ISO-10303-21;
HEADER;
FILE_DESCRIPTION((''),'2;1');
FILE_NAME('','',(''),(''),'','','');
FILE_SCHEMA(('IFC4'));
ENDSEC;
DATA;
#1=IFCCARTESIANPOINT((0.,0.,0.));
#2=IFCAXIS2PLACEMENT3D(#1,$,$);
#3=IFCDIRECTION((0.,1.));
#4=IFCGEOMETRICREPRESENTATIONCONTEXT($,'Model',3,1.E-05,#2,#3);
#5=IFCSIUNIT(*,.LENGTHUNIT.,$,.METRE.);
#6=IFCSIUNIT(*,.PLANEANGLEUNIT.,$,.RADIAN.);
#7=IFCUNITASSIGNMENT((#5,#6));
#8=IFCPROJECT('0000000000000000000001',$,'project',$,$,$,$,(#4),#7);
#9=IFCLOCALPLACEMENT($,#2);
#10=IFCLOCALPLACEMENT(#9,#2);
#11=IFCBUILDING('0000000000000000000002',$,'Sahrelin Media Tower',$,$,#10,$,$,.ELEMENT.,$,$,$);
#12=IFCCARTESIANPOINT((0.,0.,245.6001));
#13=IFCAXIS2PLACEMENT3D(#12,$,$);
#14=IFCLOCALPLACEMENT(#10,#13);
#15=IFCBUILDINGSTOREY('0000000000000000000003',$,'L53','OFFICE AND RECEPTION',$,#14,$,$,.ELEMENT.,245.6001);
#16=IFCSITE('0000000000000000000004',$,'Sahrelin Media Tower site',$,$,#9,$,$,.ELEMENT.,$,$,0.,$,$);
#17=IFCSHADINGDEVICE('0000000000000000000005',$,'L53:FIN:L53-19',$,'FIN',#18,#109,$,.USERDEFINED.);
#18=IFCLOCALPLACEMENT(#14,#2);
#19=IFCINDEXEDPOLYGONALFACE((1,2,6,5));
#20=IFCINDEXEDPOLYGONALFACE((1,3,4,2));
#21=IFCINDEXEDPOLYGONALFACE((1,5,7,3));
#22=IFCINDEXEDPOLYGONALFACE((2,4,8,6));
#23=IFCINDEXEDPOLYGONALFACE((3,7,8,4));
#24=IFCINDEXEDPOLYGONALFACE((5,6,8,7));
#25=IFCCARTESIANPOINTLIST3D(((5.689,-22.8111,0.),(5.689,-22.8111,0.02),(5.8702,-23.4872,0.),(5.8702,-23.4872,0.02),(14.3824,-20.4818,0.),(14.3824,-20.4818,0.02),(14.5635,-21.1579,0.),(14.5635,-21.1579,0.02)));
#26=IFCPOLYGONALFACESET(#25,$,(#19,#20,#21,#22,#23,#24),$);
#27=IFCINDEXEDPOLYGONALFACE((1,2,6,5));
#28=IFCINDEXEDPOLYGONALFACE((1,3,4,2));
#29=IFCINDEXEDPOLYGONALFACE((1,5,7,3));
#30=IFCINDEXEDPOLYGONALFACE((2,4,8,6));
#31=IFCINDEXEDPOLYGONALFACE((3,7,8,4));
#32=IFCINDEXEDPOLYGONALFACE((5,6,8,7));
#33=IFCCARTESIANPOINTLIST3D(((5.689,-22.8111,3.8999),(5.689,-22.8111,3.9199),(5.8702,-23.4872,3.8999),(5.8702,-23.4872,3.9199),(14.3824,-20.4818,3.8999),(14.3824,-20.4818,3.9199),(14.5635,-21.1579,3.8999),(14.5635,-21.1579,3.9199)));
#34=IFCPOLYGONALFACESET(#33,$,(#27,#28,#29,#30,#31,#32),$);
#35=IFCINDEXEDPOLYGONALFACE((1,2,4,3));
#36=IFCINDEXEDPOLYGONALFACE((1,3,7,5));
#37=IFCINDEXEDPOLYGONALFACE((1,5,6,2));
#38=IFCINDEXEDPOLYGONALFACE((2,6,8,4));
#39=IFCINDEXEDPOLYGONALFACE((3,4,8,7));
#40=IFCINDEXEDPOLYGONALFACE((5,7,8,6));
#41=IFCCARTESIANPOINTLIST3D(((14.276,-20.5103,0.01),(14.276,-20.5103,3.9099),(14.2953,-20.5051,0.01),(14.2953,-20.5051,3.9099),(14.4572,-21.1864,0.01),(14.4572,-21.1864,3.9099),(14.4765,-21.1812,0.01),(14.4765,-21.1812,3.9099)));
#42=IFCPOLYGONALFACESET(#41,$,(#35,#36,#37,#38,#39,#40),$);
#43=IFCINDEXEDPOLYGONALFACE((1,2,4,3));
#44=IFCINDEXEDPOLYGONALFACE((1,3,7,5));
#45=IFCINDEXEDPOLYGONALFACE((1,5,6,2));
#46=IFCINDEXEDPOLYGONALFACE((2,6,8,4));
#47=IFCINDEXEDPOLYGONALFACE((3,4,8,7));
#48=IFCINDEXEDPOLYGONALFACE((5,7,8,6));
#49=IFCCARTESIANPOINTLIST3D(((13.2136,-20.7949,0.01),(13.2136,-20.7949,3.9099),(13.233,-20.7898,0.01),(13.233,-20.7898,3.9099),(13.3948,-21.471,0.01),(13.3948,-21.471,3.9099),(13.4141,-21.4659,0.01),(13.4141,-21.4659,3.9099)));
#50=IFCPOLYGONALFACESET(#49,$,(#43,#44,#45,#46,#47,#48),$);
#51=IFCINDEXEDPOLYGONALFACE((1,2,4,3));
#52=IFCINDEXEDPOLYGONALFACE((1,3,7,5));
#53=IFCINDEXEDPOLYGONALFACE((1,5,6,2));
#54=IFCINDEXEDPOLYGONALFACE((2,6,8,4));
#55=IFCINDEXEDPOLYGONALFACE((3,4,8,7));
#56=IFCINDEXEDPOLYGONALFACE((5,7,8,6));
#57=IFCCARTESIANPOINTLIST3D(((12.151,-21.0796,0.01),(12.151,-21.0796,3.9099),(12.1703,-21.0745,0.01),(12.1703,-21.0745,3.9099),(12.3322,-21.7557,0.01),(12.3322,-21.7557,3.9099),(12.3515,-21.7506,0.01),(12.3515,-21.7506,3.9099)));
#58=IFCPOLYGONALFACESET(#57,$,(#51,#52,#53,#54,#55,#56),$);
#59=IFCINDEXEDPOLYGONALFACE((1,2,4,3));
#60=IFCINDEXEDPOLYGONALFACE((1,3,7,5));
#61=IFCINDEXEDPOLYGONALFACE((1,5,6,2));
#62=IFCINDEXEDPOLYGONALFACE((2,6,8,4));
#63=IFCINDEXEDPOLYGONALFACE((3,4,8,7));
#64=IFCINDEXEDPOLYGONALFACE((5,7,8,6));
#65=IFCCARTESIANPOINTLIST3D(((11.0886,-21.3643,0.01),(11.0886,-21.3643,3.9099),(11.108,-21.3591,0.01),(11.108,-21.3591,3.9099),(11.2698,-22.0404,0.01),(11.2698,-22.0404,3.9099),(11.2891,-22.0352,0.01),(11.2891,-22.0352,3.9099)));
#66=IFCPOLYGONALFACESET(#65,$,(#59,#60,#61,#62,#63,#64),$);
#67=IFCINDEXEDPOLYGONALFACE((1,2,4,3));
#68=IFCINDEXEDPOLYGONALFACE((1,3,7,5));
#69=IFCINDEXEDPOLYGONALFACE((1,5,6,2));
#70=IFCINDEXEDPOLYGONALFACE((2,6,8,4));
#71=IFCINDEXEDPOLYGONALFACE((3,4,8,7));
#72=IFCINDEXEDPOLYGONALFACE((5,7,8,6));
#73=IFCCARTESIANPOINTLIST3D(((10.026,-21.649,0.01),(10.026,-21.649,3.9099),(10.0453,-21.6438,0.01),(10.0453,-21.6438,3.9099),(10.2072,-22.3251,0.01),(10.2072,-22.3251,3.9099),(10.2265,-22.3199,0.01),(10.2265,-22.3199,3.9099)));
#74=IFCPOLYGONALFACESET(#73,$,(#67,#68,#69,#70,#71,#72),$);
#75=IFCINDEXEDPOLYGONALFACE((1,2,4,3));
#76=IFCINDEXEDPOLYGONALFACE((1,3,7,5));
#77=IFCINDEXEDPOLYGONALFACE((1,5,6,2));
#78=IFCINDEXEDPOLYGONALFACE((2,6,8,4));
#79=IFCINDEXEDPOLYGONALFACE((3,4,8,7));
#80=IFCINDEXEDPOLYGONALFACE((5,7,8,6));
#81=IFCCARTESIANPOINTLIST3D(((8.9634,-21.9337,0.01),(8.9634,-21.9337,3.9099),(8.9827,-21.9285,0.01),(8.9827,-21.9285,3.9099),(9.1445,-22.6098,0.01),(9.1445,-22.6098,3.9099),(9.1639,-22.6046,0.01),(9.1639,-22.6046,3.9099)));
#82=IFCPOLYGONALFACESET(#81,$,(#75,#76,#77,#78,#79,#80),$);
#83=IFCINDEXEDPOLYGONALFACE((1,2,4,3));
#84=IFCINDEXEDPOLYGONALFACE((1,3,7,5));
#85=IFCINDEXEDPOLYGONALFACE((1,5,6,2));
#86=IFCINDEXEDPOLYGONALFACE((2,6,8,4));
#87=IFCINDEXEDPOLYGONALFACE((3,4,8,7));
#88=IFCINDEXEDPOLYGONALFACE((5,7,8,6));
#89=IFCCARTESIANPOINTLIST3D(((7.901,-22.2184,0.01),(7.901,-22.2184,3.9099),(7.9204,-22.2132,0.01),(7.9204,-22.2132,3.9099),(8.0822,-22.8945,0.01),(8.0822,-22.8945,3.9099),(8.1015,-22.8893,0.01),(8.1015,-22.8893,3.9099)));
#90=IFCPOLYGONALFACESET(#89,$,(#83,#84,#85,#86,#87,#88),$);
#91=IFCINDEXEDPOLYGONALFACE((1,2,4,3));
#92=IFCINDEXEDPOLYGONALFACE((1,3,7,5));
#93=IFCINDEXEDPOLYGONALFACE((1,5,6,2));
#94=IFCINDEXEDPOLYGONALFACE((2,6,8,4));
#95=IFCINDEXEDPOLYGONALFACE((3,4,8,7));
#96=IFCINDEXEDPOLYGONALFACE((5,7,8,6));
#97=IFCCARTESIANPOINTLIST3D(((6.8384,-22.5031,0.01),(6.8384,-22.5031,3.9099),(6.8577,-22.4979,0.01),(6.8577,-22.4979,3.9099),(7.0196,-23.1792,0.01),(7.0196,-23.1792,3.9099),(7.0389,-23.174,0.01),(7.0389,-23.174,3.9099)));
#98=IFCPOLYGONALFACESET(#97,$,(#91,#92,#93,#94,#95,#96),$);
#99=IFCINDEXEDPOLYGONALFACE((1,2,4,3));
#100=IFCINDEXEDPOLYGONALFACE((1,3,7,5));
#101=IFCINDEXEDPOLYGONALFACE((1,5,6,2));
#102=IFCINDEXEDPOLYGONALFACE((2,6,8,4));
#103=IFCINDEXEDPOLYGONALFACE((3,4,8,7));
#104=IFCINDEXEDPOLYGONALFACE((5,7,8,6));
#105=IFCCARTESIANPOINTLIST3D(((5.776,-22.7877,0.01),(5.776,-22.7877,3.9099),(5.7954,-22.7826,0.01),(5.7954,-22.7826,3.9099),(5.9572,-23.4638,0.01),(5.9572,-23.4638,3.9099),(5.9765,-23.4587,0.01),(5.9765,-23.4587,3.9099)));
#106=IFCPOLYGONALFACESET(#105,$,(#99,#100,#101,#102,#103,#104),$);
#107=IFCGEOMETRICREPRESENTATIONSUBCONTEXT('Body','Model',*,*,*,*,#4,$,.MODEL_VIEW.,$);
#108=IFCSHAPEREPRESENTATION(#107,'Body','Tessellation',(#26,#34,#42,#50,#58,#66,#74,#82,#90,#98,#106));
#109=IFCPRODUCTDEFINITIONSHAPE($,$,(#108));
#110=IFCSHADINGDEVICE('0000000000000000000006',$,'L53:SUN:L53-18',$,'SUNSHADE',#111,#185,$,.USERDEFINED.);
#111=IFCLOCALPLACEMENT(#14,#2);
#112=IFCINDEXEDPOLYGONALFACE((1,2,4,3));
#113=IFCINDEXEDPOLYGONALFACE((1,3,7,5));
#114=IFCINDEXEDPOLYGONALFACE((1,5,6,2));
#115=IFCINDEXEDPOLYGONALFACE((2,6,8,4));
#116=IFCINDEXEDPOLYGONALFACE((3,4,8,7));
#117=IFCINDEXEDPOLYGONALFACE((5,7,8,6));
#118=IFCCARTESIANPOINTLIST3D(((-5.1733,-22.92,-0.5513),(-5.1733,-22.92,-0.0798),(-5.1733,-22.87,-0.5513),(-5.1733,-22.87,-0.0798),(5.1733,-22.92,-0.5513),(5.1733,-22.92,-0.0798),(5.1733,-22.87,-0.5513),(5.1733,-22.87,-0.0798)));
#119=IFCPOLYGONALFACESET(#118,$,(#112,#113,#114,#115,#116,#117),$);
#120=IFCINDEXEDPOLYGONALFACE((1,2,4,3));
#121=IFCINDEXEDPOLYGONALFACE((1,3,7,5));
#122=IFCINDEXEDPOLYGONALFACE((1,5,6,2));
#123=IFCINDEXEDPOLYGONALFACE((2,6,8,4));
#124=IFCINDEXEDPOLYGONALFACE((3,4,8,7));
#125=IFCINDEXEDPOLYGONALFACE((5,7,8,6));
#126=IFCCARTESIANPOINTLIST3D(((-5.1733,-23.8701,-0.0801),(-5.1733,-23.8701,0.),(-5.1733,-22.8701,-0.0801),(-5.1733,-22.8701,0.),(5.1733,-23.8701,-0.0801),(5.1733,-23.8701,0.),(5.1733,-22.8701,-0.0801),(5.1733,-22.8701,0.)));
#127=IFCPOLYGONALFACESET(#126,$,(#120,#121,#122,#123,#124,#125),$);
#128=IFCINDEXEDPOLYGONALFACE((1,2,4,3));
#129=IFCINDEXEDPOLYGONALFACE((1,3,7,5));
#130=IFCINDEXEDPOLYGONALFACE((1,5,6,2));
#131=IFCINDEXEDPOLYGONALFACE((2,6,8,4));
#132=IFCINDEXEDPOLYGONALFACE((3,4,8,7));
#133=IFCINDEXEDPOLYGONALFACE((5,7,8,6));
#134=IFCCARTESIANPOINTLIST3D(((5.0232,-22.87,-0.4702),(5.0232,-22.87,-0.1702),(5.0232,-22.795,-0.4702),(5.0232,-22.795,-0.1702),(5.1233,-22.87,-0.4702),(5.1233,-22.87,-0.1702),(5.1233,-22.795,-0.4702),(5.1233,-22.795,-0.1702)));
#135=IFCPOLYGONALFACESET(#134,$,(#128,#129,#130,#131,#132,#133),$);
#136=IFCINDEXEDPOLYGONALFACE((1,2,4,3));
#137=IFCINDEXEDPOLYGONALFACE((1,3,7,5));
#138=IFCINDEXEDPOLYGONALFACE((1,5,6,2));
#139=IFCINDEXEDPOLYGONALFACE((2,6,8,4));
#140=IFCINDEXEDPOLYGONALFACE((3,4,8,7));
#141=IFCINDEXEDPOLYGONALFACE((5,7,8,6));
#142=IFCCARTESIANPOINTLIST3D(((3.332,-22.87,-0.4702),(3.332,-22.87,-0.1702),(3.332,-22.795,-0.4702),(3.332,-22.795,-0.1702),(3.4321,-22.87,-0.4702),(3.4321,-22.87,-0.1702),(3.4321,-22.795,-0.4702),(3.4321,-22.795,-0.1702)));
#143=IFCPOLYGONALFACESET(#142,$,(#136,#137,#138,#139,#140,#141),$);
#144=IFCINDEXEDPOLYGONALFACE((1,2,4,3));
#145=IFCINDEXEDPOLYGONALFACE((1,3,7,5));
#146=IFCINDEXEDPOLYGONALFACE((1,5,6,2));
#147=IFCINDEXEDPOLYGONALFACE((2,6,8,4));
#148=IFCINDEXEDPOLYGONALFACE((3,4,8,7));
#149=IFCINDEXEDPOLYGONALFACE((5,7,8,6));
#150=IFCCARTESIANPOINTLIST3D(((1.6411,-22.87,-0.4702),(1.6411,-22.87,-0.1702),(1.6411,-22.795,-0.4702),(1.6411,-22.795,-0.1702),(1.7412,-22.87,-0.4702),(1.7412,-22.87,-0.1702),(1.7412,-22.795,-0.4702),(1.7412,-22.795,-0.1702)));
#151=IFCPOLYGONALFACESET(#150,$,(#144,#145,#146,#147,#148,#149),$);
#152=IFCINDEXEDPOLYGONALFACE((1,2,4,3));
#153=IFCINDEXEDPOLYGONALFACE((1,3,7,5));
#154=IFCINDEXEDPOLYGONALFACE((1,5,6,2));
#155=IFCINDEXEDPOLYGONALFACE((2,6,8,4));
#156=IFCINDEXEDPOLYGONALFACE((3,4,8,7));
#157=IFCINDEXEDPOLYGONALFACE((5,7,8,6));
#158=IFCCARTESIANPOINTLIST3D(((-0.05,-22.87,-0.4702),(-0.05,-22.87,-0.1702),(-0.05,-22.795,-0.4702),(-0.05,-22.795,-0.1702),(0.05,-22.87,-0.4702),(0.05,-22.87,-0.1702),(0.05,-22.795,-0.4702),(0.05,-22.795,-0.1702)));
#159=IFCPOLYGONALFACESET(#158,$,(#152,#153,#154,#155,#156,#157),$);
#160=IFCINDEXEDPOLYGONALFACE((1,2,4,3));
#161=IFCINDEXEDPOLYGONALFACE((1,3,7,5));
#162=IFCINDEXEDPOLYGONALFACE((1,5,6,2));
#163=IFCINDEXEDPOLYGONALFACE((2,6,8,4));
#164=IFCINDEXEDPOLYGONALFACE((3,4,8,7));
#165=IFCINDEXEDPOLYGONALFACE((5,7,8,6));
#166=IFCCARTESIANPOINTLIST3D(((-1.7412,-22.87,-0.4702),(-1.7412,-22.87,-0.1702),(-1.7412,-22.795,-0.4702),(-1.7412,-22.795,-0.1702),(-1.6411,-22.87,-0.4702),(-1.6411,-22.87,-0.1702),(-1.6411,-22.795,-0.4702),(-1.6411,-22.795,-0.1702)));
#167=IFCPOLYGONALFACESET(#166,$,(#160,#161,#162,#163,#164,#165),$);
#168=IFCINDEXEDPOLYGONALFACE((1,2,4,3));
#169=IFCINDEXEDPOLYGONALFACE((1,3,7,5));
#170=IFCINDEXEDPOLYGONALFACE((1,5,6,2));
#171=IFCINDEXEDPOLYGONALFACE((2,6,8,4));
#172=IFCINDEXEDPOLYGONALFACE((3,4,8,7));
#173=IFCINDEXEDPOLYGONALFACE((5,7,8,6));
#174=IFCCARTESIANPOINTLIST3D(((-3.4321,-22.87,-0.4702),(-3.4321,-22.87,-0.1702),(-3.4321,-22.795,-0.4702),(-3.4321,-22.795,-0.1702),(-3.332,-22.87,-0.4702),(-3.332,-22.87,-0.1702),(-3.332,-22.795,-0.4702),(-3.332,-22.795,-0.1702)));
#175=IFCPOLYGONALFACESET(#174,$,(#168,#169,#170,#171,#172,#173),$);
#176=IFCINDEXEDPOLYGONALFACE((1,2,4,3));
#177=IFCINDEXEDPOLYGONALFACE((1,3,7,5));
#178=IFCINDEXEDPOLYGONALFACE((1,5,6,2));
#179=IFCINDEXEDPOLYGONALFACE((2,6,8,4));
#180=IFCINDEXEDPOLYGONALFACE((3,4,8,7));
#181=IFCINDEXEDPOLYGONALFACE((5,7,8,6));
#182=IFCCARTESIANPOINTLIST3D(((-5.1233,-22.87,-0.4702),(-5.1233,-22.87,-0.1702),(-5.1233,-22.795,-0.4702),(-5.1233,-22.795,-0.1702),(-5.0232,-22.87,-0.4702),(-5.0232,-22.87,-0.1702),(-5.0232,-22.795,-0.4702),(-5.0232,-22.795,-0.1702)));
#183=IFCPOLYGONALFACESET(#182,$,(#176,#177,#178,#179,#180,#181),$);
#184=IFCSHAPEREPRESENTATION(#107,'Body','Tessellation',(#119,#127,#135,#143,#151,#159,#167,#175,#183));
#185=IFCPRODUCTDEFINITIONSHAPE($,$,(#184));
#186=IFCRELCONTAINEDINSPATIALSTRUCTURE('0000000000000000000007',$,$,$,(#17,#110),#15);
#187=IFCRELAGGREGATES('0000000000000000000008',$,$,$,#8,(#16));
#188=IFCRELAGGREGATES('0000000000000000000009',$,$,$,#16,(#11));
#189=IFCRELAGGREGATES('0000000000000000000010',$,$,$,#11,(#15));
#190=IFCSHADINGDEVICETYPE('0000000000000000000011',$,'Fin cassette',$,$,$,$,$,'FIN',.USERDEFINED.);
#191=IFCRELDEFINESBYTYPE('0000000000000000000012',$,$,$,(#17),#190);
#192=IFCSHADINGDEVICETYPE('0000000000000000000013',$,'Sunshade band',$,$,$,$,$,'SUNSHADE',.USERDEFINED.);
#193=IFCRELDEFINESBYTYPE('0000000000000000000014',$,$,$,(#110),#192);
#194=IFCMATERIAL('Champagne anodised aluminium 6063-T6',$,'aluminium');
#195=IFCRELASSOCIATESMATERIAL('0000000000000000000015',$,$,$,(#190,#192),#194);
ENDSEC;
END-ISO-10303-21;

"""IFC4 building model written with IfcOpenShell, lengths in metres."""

from ifc_helpers import new_model, si_unit, direction, frame, origin, origin_2d, place, context, subcontext, project, spatial, rectangle, extrude, material, type_object, element, save


model = new_model("IFC4")

# Units and contexts
model_context = context("Model", 3, precision=1e-05, world=origin(), true_north=direction((0.0, 1.0)))
body_context = subcontext(model_context, "Body", "Model", "MODEL_VIEW")
ifc_project = project(units=[si_unit("LENGTHUNIT", "METRE"), si_unit("PLANEANGLEUNIT", "RADIAN")], contexts=[model_context])

# Site, building, storey
site_placement = place(None, origin())
site = spatial("IfcSite", under=ifc_project, at=site_placement, Name="Sahrelin Media Tower site", CompositionType="ELEMENT", RefElevation=0.0)
building_placement = place(site_placement, origin())
building = spatial("IfcBuilding", under=site, at=building_placement, Name="Sahrelin Media Tower", CompositionType="ELEMENT")
storey_placement = place(building_placement, frame((0.0, 0.0, 245.6001)))
storey = spatial("IfcBuildingStorey", under=building, at=storey_placement, Name="L53", Description="OFFICE AND RECEPTION", CompositionType="ELEMENT", Elevation=245.6001)

# Shared definitions
ifc_material_1 = material(Name="Champagne anodised aluminium 6063-T6", Category="aluminium")

# Shading devices
shading_device_type_1 = type_object("IfcShadingDeviceType", Name="Fin cassette", ElementType="FIN", PredefinedType="USERDEFINED", material=ifc_material_1)
placement_1 = place(storey_placement, frame((0.0, -22.8501, 0.0), z_axis=(0.0, 0.0, 1.0), x_axis=(-1.0, 0.0, 0.0)))
placement_2 = place(storey_placement, frame((10.0176, -21.5789, 0.0), z_axis=(0.0, 0.0, 1.0), x_axis=(-0.965929, -0.258808, 0.0)))
element("IfcShadingDevice", 1, at=placement_2, inside=storey, type_object=shading_device_type_1, Name="L53:FIN:L53-19", ObjectType="FIN", PredefinedType="USERDEFINED", context=body_context, shape_type="SweptSolid", body=[
    extrude(rectangle(XDim=9.0, YDim=0.7, at=origin_2d()), frame((0.0, 0.4199, 0.0)), (0.0, 0.0, 1.0), 0.02),
    extrude(rectangle(XDim=9.0, YDim=0.7, at=origin_2d()), frame((0.0, 0.4199, 3.8999)), (0.0, 0.0, 1.0), 0.02),
    extrude(rectangle(XDim=0.02, YDim=0.7, at=origin_2d()), frame((-4.3999, 0.4199, 0.01), z_axis=(0.0, 0.0, 1.0), x_axis=(1.0, 0.0, 0.0)), (0.0, 0.0, 1.0), 3.8999),
    extrude(rectangle(XDim=0.02, YDim=0.7, at=origin_2d()), frame((-3.3, 0.4199, 0.01), z_axis=(0.0, 0.0, 1.0), x_axis=(1.0, 0.0, 0.0)), (0.0, 0.0, 1.0), 3.8999),
    extrude(rectangle(XDim=0.02, YDim=0.7, at=origin_2d()), frame((-2.2, 0.4199, 0.01), z_axis=(0.0, 0.0, 1.0), x_axis=(1.0, 0.0, 0.0)), (0.0, 0.0, 1.0), 3.8999),
    extrude(rectangle(XDim=0.02, YDim=0.7, at=origin_2d()), frame((-1.1001, 0.4199, 0.01), z_axis=(0.0, 0.0, 1.0), x_axis=(1.0, 0.0, 0.0)), (0.0, 0.0, 1.0), 3.8999),
    extrude(rectangle(XDim=0.02, YDim=0.7, at=origin_2d()), frame((0.0, 0.4199, 0.01), z_axis=(0.0, 0.0, 1.0), x_axis=(1.0, 0.0, 0.0)), (0.0, 0.0, 1.0), 3.8999),
    extrude(rectangle(XDim=0.02, YDim=0.7, at=origin_2d()), frame((1.1001, 0.4199, 0.01), z_axis=(0.0, 0.0, 1.0), x_axis=(1.0, 0.0, 0.0)), (0.0, 0.0, 1.0), 3.8999),
    extrude(rectangle(XDim=0.02, YDim=0.7, at=origin_2d()), frame((2.2, 0.4199, 0.01), z_axis=(0.0, 0.0, 1.0), x_axis=(1.0, 0.0, 0.0)), (0.0, 0.0, 1.0), 3.8999),
    extrude(rectangle(XDim=0.02, YDim=0.7, at=origin_2d()), frame((3.3, 0.4199, 0.01), z_axis=(0.0, 0.0, 1.0), x_axis=(1.0, 0.0, 0.0)), (0.0, 0.0, 1.0), 3.8999),
    extrude(rectangle(XDim=0.02, YDim=0.7, at=origin_2d()), frame((4.3999, 0.4199, 0.01), z_axis=(0.0, 0.0, 1.0), x_axis=(1.0, 0.0, 0.0)), (0.0, 0.0, 1.0), 3.8999),
])
shading_device_type_2 = type_object("IfcShadingDeviceType", Name="Sunshade band", ElementType="SUNSHADE", PredefinedType="USERDEFINED", material=ifc_material_1)
element("IfcShadingDevice", 2, at=placement_1, inside=storey, type_object=shading_device_type_2, Name="L53:SUN:L53-18", ObjectType="SUNSHADE", PredefinedType="USERDEFINED", context=body_context, shape_type="SweptSolid", body=[
    extrude(rectangle(XDim=10.3467, YDim=0.05, at=origin_2d()), frame((0.0, 0.0449, -0.5513)), (0.0, 0.0, 1.0), 0.4714),
    extrude(rectangle(XDim=10.3467, YDim=1.0, at=origin_2d()), frame((0.0, 0.52, -0.0801)), (0.0, 0.0, 1.0), 0.0801),
    extrude(rectangle(XDim=0.1001, YDim=0.075, at=origin_2d()), frame((-5.0732, -0.0176, -0.4702)), (0.0, 0.0, 1.0), 0.3),
    extrude(rectangle(XDim=0.1001, YDim=0.075, at=origin_2d()), frame((-3.3821, -0.0176, -0.4702)), (0.0, 0.0, 1.0), 0.3),
    extrude(rectangle(XDim=0.1001, YDim=0.075, at=origin_2d()), frame((-1.6912, -0.0176, -0.4702)), (0.0, 0.0, 1.0), 0.3),
    extrude(rectangle(XDim=0.1001, YDim=0.075, at=origin_2d()), frame((0.0, -0.0176, -0.4702)), (0.0, 0.0, 1.0), 0.3),
    extrude(rectangle(XDim=0.1001, YDim=0.075, at=origin_2d()), frame((1.6912, -0.0176, -0.4702)), (0.0, 0.0, 1.0), 0.3),
    extrude(rectangle(XDim=0.1001, YDim=0.075, at=origin_2d()), frame((3.3821, -0.0176, -0.4702)), (0.0, 0.0, 1.0), 0.3),
    extrude(rectangle(XDim=0.1001, YDim=0.075, at=origin_2d()), frame((5.0732, -0.0176, -0.4702)), (0.0, 0.0, 1.0), 0.3),
])

save(model, "model.ifc")
